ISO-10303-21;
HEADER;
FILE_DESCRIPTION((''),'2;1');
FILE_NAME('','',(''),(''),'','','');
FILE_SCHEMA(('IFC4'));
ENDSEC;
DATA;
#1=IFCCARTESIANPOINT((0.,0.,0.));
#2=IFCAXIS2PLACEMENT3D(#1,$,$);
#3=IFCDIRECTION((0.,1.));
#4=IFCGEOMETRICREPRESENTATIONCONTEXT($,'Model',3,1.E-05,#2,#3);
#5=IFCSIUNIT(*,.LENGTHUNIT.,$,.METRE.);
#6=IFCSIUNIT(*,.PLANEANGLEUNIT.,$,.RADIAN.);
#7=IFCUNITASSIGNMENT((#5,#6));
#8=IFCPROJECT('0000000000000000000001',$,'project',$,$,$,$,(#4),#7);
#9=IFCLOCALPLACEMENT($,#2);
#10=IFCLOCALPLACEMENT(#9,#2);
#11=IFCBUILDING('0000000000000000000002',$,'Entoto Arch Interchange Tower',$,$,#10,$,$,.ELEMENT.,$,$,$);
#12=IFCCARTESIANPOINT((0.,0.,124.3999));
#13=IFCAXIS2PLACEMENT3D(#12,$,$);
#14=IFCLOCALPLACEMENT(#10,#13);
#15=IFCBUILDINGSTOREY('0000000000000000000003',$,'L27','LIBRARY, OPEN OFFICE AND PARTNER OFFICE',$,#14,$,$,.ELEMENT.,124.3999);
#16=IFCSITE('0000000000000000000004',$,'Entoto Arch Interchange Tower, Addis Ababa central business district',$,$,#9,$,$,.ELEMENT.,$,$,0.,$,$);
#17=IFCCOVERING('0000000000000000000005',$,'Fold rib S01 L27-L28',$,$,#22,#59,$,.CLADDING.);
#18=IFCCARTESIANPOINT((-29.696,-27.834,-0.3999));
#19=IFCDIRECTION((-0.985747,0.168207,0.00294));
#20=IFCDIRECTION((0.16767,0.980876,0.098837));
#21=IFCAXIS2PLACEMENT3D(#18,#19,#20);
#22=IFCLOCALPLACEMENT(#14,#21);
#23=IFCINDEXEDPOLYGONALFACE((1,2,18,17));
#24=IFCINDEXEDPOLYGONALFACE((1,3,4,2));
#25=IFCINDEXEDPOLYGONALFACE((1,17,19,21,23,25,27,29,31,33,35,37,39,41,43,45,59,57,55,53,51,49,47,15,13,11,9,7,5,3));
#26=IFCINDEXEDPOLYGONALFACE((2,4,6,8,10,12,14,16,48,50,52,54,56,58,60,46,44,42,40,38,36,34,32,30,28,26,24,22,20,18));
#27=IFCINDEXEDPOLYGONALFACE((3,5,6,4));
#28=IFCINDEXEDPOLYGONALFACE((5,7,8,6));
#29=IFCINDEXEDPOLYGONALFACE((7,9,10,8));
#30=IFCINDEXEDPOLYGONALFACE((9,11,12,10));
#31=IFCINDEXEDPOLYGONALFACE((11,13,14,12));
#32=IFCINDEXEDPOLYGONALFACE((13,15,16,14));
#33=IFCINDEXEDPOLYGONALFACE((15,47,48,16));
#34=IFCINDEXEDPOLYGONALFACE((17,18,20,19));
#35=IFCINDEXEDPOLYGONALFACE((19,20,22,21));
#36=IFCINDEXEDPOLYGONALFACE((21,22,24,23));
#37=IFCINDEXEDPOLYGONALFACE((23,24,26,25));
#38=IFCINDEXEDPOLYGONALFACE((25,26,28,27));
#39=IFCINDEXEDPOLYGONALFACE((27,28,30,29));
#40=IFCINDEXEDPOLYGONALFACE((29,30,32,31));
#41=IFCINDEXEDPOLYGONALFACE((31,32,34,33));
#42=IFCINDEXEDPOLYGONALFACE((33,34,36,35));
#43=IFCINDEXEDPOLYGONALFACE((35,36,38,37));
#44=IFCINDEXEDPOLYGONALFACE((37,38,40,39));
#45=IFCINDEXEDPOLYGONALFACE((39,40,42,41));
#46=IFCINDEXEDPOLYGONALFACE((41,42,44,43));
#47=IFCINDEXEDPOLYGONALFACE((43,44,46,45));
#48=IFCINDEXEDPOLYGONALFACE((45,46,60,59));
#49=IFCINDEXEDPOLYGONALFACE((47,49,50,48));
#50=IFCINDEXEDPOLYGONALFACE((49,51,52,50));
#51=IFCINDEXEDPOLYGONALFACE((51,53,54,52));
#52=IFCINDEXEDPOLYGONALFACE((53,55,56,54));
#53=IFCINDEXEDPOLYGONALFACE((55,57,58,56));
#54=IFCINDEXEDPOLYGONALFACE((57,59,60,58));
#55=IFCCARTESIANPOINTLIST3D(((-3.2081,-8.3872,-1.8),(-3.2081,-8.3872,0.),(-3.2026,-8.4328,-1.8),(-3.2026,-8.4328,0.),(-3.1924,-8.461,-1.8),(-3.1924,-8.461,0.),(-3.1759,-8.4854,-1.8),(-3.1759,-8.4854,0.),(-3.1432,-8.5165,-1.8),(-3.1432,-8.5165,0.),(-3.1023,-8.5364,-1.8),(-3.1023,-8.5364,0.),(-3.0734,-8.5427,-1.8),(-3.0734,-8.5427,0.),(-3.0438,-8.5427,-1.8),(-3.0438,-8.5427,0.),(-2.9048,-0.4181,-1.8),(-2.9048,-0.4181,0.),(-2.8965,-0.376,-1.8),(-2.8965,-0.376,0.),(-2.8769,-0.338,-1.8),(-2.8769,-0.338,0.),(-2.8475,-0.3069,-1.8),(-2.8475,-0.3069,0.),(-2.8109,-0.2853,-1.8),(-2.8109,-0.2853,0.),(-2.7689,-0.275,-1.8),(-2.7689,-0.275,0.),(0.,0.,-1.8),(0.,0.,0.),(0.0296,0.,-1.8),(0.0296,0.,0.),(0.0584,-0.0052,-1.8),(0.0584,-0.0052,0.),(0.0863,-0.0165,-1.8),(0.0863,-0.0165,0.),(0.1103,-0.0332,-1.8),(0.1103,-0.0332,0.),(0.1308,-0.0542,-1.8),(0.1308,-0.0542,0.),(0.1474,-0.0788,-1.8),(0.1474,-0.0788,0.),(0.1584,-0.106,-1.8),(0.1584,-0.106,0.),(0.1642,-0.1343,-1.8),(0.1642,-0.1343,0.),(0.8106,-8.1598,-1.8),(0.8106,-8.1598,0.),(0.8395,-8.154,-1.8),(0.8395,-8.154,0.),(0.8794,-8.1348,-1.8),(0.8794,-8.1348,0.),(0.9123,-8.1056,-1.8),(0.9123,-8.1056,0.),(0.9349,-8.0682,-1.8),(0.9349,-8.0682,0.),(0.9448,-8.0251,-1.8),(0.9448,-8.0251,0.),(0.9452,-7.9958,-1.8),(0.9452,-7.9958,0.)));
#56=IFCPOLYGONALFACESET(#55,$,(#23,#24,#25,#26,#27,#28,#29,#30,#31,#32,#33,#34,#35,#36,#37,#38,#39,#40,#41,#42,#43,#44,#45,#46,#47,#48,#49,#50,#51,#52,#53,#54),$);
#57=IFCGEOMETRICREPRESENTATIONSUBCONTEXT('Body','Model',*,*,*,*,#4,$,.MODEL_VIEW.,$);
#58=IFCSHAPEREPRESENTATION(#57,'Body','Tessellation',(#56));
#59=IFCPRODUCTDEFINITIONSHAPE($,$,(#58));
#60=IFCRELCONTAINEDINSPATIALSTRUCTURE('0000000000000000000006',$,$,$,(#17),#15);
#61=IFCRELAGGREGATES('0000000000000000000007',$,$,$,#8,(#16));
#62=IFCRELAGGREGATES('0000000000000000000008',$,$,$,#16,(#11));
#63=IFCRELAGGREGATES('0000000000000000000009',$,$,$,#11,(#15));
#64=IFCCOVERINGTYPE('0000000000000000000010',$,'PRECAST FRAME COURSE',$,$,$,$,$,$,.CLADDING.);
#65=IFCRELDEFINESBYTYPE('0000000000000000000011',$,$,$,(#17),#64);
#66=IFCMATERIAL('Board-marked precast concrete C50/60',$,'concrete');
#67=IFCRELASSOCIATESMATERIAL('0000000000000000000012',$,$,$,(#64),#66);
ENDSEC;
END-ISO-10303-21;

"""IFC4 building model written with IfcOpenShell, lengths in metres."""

from ifc_helpers import new_model, si_unit, direction, frame, origin, place, context, subcontext, project, spatial, polyline, outline, extrude, material, type_object, element, save


model = new_model("IFC4")

# Units and contexts
model_context = context("Model", 3, precision=1e-05, world=origin(), true_north=direction((0.0, 1.0)))
body_context = subcontext(model_context, "Body", "Model", "MODEL_VIEW")
ifc_project = project(units=[si_unit("LENGTHUNIT", "METRE"), si_unit("PLANEANGLEUNIT", "RADIAN")], contexts=[model_context])

# Site, building, storey
site_placement = place(None, origin())
site = spatial("IfcSite", under=ifc_project, at=site_placement, Name="Entoto Arch Interchange Tower, Addis Ababa central business district", CompositionType="ELEMENT", RefElevation=0.0)
building_placement = place(site_placement, origin())
building = spatial("IfcBuilding", under=site, at=building_placement, Name="Entoto Arch Interchange Tower", CompositionType="ELEMENT")
storey_placement = place(building_placement, frame((0.0, 0.0, 124.3999)))
storey = spatial("IfcBuildingStorey", under=building, at=storey_placement, Name="L27", Description="LIBRARY, OPEN OFFICE AND PARTNER OFFICE", CompositionType="ELEMENT", Elevation=124.3999)

# Covering
ifc_material_1 = material(Name="Board-marked precast concrete C50/60", Category="concrete")
covering_type = type_object("IfcCoveringType", Name="PRECAST FRAME COURSE", PredefinedType="CLADDING", material=ifc_material_1)
covering_1_placement = place(storey_placement, frame((-29.696, -27.834, -0.3999), z_axis=(-0.985747, 0.168207, 0.00294), x_axis=(0.16767, 0.980876, 0.098837)))
element("IfcCovering", 1, at=covering_1_placement, inside=storey, type_object=covering_type, Name="Fold rib S01 L27-L28", PredefinedType="CLADDING", context=body_context, shape_type="SweptSolid", body=[
    extrude(outline(polyline([(0.0, 0.0), (0.0296, 0.0), (0.0584, -0.0052), (0.0863, -0.0165), (0.1103, -0.0332), (0.1308, -0.0542), (0.1474, -0.0788), (0.1584, -0.106), (0.1642, -0.1343), (0.9452, -7.9958), (0.9448, -8.0251), (0.9349, -8.0682), (0.9123, -8.1056), (0.8794, -8.1348), (0.8395, -8.154), (0.8106, -8.1598), (-3.0438, -8.5427), (-3.0734, -8.5427), (-3.1023, -8.5364), (-3.1432, -8.5165), (-3.1759, -8.4854), (-3.1924, -8.461), (-3.2026, -8.4328), (-3.2081, -8.3872), (-2.9048, -0.4181), (-2.8965, -0.376), (-2.8769, -0.338), (-2.8475, -0.3069), (-2.8109, -0.2853), (-2.7689, -0.275), (0.0, 0.0)])), origin(), (0.0, 0.0, -1.0), 1.8),
])

save(model, "model.ifc")
